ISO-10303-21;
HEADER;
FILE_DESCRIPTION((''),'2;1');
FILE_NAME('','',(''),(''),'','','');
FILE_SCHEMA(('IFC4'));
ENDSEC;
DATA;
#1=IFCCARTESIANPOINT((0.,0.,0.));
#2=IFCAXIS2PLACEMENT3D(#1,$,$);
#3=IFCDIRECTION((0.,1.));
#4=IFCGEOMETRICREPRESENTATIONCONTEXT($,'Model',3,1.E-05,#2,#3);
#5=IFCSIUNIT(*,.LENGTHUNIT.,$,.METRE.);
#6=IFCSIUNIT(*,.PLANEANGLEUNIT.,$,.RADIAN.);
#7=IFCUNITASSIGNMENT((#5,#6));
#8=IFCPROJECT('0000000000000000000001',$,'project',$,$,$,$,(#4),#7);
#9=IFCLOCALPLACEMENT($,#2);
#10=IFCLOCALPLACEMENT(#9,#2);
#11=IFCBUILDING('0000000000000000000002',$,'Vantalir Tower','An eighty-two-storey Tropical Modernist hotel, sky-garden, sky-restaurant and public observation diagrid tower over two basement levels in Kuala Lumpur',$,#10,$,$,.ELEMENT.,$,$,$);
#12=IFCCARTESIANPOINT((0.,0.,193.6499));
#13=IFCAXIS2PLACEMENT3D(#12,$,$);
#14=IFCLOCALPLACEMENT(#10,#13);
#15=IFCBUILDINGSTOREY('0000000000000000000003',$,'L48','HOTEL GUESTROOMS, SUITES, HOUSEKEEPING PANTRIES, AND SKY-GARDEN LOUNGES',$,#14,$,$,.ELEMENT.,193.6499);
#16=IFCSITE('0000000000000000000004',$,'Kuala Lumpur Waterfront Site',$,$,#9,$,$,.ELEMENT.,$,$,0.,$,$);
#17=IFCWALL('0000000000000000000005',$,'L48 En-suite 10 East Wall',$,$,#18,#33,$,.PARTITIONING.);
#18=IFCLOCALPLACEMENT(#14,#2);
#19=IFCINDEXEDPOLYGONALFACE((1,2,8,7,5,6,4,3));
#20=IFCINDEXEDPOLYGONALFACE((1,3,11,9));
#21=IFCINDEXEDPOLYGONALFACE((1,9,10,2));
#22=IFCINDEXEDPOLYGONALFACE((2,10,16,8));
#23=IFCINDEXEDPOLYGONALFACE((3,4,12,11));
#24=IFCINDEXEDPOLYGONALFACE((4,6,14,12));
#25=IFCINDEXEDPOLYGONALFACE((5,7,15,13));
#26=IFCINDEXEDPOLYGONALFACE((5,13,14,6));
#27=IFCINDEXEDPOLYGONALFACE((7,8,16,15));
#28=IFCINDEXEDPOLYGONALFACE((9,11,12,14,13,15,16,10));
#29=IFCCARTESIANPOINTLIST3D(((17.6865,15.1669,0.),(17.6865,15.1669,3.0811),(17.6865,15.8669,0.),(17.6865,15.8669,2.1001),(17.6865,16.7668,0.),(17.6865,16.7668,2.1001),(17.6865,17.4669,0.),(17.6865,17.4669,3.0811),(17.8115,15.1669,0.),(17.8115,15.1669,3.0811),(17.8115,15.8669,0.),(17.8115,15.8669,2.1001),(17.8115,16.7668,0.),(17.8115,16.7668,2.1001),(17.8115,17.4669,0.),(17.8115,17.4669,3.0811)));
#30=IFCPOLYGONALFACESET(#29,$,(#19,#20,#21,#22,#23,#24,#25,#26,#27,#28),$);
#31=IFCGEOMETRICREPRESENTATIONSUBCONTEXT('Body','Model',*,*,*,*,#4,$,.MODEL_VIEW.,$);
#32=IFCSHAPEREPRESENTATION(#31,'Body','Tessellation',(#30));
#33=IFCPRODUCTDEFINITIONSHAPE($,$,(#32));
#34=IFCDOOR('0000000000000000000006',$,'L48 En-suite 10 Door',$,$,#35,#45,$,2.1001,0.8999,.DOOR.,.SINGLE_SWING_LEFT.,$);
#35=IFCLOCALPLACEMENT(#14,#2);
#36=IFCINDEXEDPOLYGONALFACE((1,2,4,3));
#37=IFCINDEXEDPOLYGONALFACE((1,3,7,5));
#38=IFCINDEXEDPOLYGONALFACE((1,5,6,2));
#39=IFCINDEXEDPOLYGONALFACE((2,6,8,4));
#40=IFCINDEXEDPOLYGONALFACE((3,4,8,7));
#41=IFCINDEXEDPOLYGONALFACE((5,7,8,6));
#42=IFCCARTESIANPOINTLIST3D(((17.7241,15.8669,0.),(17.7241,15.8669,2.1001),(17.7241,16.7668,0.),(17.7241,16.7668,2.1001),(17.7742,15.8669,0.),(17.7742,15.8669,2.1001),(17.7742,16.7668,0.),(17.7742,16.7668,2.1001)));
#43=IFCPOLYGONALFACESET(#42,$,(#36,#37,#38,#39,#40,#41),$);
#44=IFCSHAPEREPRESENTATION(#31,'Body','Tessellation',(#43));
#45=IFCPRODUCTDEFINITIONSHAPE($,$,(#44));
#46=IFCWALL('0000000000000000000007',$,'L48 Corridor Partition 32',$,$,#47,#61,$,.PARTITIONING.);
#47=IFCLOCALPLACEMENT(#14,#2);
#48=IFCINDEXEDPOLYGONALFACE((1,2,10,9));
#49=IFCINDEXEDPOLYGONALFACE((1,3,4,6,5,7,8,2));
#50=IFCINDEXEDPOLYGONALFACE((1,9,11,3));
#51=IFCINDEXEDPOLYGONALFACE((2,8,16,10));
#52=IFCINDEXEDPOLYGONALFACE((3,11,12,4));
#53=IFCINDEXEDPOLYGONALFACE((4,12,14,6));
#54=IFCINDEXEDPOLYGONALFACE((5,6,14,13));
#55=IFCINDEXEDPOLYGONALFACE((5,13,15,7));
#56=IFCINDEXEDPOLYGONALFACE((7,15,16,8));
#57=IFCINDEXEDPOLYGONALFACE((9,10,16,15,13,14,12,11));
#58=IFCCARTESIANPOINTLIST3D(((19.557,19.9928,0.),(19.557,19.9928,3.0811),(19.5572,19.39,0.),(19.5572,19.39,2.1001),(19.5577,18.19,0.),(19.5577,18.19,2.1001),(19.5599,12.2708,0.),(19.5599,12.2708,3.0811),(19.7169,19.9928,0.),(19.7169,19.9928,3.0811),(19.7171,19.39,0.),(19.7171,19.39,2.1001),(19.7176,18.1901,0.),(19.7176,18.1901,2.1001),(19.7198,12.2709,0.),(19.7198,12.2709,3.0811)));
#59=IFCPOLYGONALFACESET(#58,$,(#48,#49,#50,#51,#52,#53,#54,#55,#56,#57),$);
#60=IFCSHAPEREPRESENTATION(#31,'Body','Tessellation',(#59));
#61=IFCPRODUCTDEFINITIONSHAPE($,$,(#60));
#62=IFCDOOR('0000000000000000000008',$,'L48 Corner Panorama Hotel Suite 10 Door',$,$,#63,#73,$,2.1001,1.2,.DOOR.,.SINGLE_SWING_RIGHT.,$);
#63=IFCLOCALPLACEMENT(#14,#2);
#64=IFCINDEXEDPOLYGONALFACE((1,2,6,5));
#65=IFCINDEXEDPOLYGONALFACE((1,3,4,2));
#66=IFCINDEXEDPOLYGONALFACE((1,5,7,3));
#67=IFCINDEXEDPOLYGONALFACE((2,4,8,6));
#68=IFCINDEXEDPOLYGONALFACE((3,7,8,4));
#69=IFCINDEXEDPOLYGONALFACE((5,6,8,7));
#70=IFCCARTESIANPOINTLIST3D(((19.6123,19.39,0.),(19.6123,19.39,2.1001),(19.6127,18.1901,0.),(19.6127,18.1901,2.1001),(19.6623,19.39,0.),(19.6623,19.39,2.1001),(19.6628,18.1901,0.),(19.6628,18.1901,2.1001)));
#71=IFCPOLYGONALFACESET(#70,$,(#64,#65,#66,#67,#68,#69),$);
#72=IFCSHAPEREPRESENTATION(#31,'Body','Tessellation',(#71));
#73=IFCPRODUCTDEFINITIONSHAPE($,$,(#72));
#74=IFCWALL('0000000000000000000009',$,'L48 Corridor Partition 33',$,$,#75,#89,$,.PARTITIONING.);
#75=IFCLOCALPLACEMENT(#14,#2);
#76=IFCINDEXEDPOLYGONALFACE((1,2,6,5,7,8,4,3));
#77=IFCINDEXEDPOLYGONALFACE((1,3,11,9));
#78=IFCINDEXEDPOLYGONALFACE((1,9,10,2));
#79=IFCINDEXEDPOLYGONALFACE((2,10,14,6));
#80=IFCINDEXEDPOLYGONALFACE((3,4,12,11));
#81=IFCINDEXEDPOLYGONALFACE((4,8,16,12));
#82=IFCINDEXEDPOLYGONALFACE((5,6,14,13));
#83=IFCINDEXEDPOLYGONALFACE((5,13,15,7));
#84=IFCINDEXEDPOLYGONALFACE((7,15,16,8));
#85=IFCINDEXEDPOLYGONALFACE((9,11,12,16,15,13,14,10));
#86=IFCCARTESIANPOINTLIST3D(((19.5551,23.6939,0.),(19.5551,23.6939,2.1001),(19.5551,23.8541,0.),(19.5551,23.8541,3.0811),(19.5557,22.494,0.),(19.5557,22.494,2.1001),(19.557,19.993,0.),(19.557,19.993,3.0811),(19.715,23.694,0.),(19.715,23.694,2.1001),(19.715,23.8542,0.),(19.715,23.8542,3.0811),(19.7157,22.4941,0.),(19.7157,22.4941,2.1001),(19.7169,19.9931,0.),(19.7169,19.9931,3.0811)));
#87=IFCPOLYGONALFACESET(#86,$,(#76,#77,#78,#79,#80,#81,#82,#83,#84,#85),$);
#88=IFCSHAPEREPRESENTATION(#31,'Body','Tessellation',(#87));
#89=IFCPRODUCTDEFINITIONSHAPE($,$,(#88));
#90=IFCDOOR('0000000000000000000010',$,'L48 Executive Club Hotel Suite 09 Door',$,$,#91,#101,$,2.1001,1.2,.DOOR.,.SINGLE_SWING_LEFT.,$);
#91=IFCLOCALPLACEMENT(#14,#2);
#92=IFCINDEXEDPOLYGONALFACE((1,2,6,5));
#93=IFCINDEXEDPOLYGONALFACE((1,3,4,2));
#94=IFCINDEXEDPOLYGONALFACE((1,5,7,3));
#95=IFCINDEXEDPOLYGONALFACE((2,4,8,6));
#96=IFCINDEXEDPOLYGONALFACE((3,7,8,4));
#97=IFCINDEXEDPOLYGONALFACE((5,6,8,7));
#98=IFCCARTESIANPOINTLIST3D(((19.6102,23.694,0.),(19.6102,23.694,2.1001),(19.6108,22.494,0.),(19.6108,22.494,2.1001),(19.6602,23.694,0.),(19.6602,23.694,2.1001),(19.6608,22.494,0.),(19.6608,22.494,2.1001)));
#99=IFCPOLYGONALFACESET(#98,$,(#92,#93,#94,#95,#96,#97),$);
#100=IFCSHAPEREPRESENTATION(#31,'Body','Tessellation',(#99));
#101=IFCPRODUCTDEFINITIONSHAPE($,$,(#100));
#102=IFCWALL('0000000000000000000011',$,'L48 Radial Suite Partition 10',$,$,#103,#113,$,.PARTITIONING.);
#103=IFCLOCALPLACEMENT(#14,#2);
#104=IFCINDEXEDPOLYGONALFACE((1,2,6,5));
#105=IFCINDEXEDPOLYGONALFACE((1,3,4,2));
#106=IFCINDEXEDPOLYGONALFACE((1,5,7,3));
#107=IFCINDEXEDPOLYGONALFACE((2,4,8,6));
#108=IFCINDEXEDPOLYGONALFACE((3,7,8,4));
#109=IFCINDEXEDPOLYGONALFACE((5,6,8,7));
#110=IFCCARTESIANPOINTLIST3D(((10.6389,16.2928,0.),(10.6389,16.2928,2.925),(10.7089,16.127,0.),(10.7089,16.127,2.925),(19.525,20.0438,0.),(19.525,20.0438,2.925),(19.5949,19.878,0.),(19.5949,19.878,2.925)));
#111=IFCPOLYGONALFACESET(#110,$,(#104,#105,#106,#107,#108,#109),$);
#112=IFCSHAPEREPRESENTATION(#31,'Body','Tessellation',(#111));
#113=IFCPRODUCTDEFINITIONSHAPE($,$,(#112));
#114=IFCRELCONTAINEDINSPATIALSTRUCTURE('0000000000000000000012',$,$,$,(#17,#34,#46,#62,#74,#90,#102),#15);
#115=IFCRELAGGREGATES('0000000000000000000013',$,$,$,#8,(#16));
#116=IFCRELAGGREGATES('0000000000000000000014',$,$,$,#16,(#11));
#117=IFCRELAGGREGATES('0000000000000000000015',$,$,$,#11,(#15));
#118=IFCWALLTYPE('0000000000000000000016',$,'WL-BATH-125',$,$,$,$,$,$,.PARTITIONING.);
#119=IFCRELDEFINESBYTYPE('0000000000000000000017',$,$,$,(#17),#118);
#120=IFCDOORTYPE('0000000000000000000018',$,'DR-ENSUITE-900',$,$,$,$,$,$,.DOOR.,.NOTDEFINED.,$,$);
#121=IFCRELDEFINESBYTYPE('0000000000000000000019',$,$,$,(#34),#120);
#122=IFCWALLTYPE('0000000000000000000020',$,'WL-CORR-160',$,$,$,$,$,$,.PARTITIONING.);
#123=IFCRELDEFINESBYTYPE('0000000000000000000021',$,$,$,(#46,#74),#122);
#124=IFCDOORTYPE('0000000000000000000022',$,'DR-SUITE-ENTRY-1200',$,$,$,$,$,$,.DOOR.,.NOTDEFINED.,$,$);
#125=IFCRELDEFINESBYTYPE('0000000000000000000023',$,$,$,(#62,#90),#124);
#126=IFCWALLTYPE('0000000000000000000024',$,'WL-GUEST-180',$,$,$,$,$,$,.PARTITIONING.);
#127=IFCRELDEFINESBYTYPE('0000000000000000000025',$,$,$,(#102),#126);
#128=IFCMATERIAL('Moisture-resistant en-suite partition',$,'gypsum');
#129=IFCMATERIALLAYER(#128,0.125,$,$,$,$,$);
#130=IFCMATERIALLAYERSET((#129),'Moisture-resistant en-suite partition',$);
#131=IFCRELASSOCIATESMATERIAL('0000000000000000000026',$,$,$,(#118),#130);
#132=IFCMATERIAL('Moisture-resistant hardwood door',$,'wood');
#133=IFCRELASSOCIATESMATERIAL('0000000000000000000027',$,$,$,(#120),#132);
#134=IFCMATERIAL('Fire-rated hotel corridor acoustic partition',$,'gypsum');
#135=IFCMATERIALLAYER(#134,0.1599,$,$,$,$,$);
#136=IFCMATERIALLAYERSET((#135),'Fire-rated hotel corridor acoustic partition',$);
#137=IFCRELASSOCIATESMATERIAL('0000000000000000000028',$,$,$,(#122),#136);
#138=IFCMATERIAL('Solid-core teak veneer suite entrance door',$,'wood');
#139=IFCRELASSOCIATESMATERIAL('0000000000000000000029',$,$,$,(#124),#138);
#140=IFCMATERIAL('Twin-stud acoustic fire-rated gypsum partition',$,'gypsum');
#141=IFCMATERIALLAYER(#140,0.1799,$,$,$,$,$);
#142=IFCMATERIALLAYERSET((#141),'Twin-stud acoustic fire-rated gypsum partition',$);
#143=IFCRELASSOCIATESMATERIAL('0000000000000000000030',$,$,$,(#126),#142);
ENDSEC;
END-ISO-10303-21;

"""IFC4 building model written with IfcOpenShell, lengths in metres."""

from ifc_helpers import new_model, si_unit, direction, frame, frame_2d, origin, place, context, subcontext, project, spatial, rectangle, extrude, material, layer, layer_set, type_object, element, fill, save


model = new_model("IFC4")

# Units and contexts
model_context = context("Model", 3, precision=1e-05, world=origin(), true_north=direction((0.0, 1.0)))
body_context = subcontext(model_context, "Body", "Model", "MODEL_VIEW")
ifc_project = project(units=[si_unit("LENGTHUNIT", "METRE"), si_unit("PLANEANGLEUNIT", "RADIAN")], contexts=[model_context])

# Site, building, storey
site_placement = place(None, origin())
site = spatial("IfcSite", under=ifc_project, at=site_placement, Name="Kuala Lumpur Waterfront Site", CompositionType="ELEMENT", RefElevation=0.0)
building_placement = place(site_placement, origin())
building = spatial("IfcBuilding", under=site, at=building_placement, Name="Vantalir Tower", Description="An eighty-two-storey Tropical Modernist hotel, sky-garden, sky-restaurant and public observation diagrid tower over two basement levels in Kuala Lumpur", CompositionType="ELEMENT")
storey_placement = place(building_placement, frame((0.0, 0.0, 193.6499)))
storey = spatial("IfcBuildingStorey", under=building, at=storey_placement, Name="L48", Description="HOTEL GUESTROOMS, SUITES, HOUSEKEEPING PANTRIES, AND SKY-GARDEN LOUNGES", CompositionType="ELEMENT", Elevation=193.6499)

# Shared definitions
ifc_material_1 = material(Name="Moisture-resistant en-suite partition", Category="gypsum")
ifc_layer_1 = layer(ifc_material_1, 0.125)
ifc_layer_set_1 = layer_set([ifc_layer_1], Name="Moisture-resistant en-suite partition")
wall_type_1 = type_object("IfcWallType", Name="WL-BATH-125", PredefinedType="PARTITIONING", material=ifc_layer_set_1)

# Shared definitions
ifc_material_2 = material(Name="Moisture-resistant hardwood door", Category="wood")
door_type_1 = type_object("IfcDoorType", Name="DR-ENSUITE-900", OperationType="NOTDEFINED", PredefinedType="DOOR", material=ifc_material_2)

# Walls, openings, doors
wall_1_placement = place(storey_placement, frame((17.749, 15.167, 0.0), z_axis=(0.0, 0.0, 1.0), x_axis=(0.0, 1.0, 0.0)))
wall_1 = element("IfcWall", 1, at=wall_1_placement, inside=storey, type_object=wall_type_1, Name="L48 En-suite 10 East Wall", PredefinedType="PARTITIONING", context=body_context, shape_type="SweptSolid", body=[
    extrude(rectangle(XDim=2.3, YDim=0.125, at=frame_2d((1.1499, 0.0))), origin(), (0.0, 0.0, 1.0), 3.0811),
])
opening_1_placement = place(wall_1_placement, frame((0.7, 0.0, 0.0)))
opening_1 = element("IfcOpeningElement", 2, at=opening_1_placement, cuts=wall_1, PredefinedType="OPENING", context=body_context, shape_type="SweptSolid", body=[
    extrude(rectangle(XDim=0.8999, YDim=2.1001, at=frame_2d((0.45, 1.05))), frame((0.0, 0.0725, 0.0), z_axis=(0.0, -1.0, 0.0), x_axis=(1.0, 0.0, 0.0)), (0.0, 0.0, 1.0), 0.145),
])
door_1_placement = place(opening_1_placement, origin())
door_1 = element("IfcDoor", 3, at=door_1_placement, inside=storey, type_object=door_type_1, Name="L48 En-suite 10 Door", OperationType="SINGLE_SWING_LEFT", OverallHeight=2.1001, OverallWidth=0.8999, PredefinedType="DOOR", context=body_context, shape_type="SweptSolid", body=[
    extrude(rectangle(XDim=0.8999, YDim=2.1001, at=frame_2d((0.45, 1.05))), frame((0.0, 0.0249, 0.0), z_axis=(0.0, -1.0, 0.0), x_axis=(1.0, 0.0, 0.0)), (0.0, 0.0, 1.0), 0.05),
])
fill(opening_1, door_1)
ifc_material_3 = material(Name="Fire-rated hotel corridor acoustic partition", Category="gypsum")
ifc_layer_2 = layer(ifc_material_3, 0.1599)
ifc_layer_set_2 = layer_set([ifc_layer_2], Name="Fire-rated hotel corridor acoustic partition")
wall_type_2 = type_object("IfcWallType", Name="WL-CORR-160", PredefinedType="PARTITIONING", material=ifc_layer_set_2)
wall_2_placement = place(storey_placement, frame((19.6399, 12.271, 0.0), z_axis=(0.0, 0.0, 1.0), x_axis=(-0.000379, 1.0, 0.0)))
wall_2 = element("IfcWall", 4, at=wall_2_placement, inside=storey, type_object=wall_type_2, Name="L48 Corridor Partition 32", PredefinedType="PARTITIONING", context=body_context, shape_type="SweptSolid", body=[
    extrude(rectangle(XDim=7.7219, YDim=0.1599, at=frame_2d((3.8608, 0.0))), origin(), (0.0, 0.0, 1.0), 3.0811),
])
opening_2_placement = place(wall_2_placement, frame((5.9189, 0.0, 0.0)))
opening_2 = element("IfcOpeningElement", 5, at=opening_2_placement, cuts=wall_2, PredefinedType="OPENING", context=body_context, shape_type="SweptSolid", body=[
    extrude(rectangle(XDim=1.2, YDim=2.1001, at=frame_2d((0.6001, 1.05))), frame((0.0, 0.0898, 0.0), z_axis=(0.0, -1.0, 0.0), x_axis=(1.0, 0.0, 0.0)), (0.0, 0.0, 1.0), 0.1799),
])
ifc_material_4 = material(Name="Solid-core teak veneer suite entrance door", Category="wood")
door_type_2 = type_object("IfcDoorType", Name="DR-SUITE-ENTRY-1200", OperationType="NOTDEFINED", PredefinedType="DOOR", material=ifc_material_4)
door_2_placement = place(opening_2_placement, origin())
door_2 = element("IfcDoor", 6, at=door_2_placement, inside=storey, type_object=door_type_2, Name="L48 Corner Panorama Hotel Suite 10 Door", OperationType="SINGLE_SWING_RIGHT", OverallHeight=2.1001, OverallWidth=1.2, PredefinedType="DOOR", context=body_context, shape_type="SweptSolid", body=[
    extrude(rectangle(XDim=1.2, YDim=2.1001, at=frame_2d((0.6001, 1.05))), frame((0.0, 0.0249, 0.0), z_axis=(0.0, -1.0, 0.0), x_axis=(1.0, 0.0, 0.0)), (0.0, 0.0, 1.0), 0.05),
])
fill(opening_2, door_2)
wall_3_placement = place(storey_placement, frame((19.637, 19.9929, 0.0), z_axis=(0.0, 0.0, 1.0), x_axis=(-0.000506, 1.0, 0.0)))
wall_3 = element("IfcWall", 7, at=wall_3_placement, inside=storey, type_object=wall_type_2, Name="L48 Corridor Partition 33", PredefinedType="PARTITIONING", context=body_context, shape_type="SweptSolid", body=[
    extrude(rectangle(XDim=3.8611, YDim=0.1599, at=frame_2d((1.9307, 0.0))), origin(), (0.0, 0.0, 1.0), 3.0811),
])
opening_3_placement = place(wall_3_placement, frame((2.501, 0.0, 0.0)))
opening_3 = element("IfcOpeningElement", 8, at=opening_3_placement, cuts=wall_3, PredefinedType="OPENING", context=body_context, shape_type="SweptSolid", body=[
    extrude(rectangle(XDim=1.2, YDim=2.1001, at=frame_2d((0.6001, 1.05))), frame((0.0, 0.0898, 0.0), z_axis=(0.0, -1.0, 0.0), x_axis=(1.0, 0.0, 0.0)), (0.0, 0.0, 1.0), 0.1799),
])
door_3_placement = place(opening_3_placement, origin())
door_3 = element("IfcDoor", 9, at=door_3_placement, inside=storey, type_object=door_type_2, Name="L48 Executive Club Hotel Suite 09 Door", OperationType="SINGLE_SWING_LEFT", OverallHeight=2.1001, OverallWidth=1.2, PredefinedType="DOOR", context=body_context, shape_type="SweptSolid", body=[
    extrude(rectangle(XDim=1.2, YDim=2.1001, at=frame_2d((0.6001, 1.05))), frame((0.0, 0.0249, 0.0), z_axis=(0.0, -1.0, 0.0), x_axis=(1.0, 0.0, 0.0)), (0.0, 0.0, 1.0), 0.05),
])
fill(opening_3, door_3)

# Wall
ifc_material_5 = material(Name="Twin-stud acoustic fire-rated gypsum partition", Category="gypsum")
ifc_layer_3 = layer(ifc_material_5, 0.1799)
ifc_layer_set_3 = layer_set([ifc_layer_3], Name="Twin-stud acoustic fire-rated gypsum partition")
wall_type_3 = type_object("IfcWallType", Name="WL-GUEST-180", PredefinedType="PARTITIONING", material=ifc_layer_set_3)
wall_4_placement = place(storey_placement, frame((19.5601, 19.9609, 0.0), z_axis=(0.0, 0.0, 1.0), x_axis=(-0.921282, -0.388894, 0.0)))
element("IfcWall", 10, at=wall_4_placement, inside=storey, type_object=wall_type_3, Name="L48 Radial Suite Partition 10", PredefinedType="PARTITIONING", context=body_context, shape_type="SweptSolid", body=[
    extrude(rectangle(XDim=9.6453, YDim=0.1799, at=frame_2d((4.8228, 0.0))), origin(), (0.0, 0.0, 1.0), 2.925),
])

save(model, "model.ifc")
